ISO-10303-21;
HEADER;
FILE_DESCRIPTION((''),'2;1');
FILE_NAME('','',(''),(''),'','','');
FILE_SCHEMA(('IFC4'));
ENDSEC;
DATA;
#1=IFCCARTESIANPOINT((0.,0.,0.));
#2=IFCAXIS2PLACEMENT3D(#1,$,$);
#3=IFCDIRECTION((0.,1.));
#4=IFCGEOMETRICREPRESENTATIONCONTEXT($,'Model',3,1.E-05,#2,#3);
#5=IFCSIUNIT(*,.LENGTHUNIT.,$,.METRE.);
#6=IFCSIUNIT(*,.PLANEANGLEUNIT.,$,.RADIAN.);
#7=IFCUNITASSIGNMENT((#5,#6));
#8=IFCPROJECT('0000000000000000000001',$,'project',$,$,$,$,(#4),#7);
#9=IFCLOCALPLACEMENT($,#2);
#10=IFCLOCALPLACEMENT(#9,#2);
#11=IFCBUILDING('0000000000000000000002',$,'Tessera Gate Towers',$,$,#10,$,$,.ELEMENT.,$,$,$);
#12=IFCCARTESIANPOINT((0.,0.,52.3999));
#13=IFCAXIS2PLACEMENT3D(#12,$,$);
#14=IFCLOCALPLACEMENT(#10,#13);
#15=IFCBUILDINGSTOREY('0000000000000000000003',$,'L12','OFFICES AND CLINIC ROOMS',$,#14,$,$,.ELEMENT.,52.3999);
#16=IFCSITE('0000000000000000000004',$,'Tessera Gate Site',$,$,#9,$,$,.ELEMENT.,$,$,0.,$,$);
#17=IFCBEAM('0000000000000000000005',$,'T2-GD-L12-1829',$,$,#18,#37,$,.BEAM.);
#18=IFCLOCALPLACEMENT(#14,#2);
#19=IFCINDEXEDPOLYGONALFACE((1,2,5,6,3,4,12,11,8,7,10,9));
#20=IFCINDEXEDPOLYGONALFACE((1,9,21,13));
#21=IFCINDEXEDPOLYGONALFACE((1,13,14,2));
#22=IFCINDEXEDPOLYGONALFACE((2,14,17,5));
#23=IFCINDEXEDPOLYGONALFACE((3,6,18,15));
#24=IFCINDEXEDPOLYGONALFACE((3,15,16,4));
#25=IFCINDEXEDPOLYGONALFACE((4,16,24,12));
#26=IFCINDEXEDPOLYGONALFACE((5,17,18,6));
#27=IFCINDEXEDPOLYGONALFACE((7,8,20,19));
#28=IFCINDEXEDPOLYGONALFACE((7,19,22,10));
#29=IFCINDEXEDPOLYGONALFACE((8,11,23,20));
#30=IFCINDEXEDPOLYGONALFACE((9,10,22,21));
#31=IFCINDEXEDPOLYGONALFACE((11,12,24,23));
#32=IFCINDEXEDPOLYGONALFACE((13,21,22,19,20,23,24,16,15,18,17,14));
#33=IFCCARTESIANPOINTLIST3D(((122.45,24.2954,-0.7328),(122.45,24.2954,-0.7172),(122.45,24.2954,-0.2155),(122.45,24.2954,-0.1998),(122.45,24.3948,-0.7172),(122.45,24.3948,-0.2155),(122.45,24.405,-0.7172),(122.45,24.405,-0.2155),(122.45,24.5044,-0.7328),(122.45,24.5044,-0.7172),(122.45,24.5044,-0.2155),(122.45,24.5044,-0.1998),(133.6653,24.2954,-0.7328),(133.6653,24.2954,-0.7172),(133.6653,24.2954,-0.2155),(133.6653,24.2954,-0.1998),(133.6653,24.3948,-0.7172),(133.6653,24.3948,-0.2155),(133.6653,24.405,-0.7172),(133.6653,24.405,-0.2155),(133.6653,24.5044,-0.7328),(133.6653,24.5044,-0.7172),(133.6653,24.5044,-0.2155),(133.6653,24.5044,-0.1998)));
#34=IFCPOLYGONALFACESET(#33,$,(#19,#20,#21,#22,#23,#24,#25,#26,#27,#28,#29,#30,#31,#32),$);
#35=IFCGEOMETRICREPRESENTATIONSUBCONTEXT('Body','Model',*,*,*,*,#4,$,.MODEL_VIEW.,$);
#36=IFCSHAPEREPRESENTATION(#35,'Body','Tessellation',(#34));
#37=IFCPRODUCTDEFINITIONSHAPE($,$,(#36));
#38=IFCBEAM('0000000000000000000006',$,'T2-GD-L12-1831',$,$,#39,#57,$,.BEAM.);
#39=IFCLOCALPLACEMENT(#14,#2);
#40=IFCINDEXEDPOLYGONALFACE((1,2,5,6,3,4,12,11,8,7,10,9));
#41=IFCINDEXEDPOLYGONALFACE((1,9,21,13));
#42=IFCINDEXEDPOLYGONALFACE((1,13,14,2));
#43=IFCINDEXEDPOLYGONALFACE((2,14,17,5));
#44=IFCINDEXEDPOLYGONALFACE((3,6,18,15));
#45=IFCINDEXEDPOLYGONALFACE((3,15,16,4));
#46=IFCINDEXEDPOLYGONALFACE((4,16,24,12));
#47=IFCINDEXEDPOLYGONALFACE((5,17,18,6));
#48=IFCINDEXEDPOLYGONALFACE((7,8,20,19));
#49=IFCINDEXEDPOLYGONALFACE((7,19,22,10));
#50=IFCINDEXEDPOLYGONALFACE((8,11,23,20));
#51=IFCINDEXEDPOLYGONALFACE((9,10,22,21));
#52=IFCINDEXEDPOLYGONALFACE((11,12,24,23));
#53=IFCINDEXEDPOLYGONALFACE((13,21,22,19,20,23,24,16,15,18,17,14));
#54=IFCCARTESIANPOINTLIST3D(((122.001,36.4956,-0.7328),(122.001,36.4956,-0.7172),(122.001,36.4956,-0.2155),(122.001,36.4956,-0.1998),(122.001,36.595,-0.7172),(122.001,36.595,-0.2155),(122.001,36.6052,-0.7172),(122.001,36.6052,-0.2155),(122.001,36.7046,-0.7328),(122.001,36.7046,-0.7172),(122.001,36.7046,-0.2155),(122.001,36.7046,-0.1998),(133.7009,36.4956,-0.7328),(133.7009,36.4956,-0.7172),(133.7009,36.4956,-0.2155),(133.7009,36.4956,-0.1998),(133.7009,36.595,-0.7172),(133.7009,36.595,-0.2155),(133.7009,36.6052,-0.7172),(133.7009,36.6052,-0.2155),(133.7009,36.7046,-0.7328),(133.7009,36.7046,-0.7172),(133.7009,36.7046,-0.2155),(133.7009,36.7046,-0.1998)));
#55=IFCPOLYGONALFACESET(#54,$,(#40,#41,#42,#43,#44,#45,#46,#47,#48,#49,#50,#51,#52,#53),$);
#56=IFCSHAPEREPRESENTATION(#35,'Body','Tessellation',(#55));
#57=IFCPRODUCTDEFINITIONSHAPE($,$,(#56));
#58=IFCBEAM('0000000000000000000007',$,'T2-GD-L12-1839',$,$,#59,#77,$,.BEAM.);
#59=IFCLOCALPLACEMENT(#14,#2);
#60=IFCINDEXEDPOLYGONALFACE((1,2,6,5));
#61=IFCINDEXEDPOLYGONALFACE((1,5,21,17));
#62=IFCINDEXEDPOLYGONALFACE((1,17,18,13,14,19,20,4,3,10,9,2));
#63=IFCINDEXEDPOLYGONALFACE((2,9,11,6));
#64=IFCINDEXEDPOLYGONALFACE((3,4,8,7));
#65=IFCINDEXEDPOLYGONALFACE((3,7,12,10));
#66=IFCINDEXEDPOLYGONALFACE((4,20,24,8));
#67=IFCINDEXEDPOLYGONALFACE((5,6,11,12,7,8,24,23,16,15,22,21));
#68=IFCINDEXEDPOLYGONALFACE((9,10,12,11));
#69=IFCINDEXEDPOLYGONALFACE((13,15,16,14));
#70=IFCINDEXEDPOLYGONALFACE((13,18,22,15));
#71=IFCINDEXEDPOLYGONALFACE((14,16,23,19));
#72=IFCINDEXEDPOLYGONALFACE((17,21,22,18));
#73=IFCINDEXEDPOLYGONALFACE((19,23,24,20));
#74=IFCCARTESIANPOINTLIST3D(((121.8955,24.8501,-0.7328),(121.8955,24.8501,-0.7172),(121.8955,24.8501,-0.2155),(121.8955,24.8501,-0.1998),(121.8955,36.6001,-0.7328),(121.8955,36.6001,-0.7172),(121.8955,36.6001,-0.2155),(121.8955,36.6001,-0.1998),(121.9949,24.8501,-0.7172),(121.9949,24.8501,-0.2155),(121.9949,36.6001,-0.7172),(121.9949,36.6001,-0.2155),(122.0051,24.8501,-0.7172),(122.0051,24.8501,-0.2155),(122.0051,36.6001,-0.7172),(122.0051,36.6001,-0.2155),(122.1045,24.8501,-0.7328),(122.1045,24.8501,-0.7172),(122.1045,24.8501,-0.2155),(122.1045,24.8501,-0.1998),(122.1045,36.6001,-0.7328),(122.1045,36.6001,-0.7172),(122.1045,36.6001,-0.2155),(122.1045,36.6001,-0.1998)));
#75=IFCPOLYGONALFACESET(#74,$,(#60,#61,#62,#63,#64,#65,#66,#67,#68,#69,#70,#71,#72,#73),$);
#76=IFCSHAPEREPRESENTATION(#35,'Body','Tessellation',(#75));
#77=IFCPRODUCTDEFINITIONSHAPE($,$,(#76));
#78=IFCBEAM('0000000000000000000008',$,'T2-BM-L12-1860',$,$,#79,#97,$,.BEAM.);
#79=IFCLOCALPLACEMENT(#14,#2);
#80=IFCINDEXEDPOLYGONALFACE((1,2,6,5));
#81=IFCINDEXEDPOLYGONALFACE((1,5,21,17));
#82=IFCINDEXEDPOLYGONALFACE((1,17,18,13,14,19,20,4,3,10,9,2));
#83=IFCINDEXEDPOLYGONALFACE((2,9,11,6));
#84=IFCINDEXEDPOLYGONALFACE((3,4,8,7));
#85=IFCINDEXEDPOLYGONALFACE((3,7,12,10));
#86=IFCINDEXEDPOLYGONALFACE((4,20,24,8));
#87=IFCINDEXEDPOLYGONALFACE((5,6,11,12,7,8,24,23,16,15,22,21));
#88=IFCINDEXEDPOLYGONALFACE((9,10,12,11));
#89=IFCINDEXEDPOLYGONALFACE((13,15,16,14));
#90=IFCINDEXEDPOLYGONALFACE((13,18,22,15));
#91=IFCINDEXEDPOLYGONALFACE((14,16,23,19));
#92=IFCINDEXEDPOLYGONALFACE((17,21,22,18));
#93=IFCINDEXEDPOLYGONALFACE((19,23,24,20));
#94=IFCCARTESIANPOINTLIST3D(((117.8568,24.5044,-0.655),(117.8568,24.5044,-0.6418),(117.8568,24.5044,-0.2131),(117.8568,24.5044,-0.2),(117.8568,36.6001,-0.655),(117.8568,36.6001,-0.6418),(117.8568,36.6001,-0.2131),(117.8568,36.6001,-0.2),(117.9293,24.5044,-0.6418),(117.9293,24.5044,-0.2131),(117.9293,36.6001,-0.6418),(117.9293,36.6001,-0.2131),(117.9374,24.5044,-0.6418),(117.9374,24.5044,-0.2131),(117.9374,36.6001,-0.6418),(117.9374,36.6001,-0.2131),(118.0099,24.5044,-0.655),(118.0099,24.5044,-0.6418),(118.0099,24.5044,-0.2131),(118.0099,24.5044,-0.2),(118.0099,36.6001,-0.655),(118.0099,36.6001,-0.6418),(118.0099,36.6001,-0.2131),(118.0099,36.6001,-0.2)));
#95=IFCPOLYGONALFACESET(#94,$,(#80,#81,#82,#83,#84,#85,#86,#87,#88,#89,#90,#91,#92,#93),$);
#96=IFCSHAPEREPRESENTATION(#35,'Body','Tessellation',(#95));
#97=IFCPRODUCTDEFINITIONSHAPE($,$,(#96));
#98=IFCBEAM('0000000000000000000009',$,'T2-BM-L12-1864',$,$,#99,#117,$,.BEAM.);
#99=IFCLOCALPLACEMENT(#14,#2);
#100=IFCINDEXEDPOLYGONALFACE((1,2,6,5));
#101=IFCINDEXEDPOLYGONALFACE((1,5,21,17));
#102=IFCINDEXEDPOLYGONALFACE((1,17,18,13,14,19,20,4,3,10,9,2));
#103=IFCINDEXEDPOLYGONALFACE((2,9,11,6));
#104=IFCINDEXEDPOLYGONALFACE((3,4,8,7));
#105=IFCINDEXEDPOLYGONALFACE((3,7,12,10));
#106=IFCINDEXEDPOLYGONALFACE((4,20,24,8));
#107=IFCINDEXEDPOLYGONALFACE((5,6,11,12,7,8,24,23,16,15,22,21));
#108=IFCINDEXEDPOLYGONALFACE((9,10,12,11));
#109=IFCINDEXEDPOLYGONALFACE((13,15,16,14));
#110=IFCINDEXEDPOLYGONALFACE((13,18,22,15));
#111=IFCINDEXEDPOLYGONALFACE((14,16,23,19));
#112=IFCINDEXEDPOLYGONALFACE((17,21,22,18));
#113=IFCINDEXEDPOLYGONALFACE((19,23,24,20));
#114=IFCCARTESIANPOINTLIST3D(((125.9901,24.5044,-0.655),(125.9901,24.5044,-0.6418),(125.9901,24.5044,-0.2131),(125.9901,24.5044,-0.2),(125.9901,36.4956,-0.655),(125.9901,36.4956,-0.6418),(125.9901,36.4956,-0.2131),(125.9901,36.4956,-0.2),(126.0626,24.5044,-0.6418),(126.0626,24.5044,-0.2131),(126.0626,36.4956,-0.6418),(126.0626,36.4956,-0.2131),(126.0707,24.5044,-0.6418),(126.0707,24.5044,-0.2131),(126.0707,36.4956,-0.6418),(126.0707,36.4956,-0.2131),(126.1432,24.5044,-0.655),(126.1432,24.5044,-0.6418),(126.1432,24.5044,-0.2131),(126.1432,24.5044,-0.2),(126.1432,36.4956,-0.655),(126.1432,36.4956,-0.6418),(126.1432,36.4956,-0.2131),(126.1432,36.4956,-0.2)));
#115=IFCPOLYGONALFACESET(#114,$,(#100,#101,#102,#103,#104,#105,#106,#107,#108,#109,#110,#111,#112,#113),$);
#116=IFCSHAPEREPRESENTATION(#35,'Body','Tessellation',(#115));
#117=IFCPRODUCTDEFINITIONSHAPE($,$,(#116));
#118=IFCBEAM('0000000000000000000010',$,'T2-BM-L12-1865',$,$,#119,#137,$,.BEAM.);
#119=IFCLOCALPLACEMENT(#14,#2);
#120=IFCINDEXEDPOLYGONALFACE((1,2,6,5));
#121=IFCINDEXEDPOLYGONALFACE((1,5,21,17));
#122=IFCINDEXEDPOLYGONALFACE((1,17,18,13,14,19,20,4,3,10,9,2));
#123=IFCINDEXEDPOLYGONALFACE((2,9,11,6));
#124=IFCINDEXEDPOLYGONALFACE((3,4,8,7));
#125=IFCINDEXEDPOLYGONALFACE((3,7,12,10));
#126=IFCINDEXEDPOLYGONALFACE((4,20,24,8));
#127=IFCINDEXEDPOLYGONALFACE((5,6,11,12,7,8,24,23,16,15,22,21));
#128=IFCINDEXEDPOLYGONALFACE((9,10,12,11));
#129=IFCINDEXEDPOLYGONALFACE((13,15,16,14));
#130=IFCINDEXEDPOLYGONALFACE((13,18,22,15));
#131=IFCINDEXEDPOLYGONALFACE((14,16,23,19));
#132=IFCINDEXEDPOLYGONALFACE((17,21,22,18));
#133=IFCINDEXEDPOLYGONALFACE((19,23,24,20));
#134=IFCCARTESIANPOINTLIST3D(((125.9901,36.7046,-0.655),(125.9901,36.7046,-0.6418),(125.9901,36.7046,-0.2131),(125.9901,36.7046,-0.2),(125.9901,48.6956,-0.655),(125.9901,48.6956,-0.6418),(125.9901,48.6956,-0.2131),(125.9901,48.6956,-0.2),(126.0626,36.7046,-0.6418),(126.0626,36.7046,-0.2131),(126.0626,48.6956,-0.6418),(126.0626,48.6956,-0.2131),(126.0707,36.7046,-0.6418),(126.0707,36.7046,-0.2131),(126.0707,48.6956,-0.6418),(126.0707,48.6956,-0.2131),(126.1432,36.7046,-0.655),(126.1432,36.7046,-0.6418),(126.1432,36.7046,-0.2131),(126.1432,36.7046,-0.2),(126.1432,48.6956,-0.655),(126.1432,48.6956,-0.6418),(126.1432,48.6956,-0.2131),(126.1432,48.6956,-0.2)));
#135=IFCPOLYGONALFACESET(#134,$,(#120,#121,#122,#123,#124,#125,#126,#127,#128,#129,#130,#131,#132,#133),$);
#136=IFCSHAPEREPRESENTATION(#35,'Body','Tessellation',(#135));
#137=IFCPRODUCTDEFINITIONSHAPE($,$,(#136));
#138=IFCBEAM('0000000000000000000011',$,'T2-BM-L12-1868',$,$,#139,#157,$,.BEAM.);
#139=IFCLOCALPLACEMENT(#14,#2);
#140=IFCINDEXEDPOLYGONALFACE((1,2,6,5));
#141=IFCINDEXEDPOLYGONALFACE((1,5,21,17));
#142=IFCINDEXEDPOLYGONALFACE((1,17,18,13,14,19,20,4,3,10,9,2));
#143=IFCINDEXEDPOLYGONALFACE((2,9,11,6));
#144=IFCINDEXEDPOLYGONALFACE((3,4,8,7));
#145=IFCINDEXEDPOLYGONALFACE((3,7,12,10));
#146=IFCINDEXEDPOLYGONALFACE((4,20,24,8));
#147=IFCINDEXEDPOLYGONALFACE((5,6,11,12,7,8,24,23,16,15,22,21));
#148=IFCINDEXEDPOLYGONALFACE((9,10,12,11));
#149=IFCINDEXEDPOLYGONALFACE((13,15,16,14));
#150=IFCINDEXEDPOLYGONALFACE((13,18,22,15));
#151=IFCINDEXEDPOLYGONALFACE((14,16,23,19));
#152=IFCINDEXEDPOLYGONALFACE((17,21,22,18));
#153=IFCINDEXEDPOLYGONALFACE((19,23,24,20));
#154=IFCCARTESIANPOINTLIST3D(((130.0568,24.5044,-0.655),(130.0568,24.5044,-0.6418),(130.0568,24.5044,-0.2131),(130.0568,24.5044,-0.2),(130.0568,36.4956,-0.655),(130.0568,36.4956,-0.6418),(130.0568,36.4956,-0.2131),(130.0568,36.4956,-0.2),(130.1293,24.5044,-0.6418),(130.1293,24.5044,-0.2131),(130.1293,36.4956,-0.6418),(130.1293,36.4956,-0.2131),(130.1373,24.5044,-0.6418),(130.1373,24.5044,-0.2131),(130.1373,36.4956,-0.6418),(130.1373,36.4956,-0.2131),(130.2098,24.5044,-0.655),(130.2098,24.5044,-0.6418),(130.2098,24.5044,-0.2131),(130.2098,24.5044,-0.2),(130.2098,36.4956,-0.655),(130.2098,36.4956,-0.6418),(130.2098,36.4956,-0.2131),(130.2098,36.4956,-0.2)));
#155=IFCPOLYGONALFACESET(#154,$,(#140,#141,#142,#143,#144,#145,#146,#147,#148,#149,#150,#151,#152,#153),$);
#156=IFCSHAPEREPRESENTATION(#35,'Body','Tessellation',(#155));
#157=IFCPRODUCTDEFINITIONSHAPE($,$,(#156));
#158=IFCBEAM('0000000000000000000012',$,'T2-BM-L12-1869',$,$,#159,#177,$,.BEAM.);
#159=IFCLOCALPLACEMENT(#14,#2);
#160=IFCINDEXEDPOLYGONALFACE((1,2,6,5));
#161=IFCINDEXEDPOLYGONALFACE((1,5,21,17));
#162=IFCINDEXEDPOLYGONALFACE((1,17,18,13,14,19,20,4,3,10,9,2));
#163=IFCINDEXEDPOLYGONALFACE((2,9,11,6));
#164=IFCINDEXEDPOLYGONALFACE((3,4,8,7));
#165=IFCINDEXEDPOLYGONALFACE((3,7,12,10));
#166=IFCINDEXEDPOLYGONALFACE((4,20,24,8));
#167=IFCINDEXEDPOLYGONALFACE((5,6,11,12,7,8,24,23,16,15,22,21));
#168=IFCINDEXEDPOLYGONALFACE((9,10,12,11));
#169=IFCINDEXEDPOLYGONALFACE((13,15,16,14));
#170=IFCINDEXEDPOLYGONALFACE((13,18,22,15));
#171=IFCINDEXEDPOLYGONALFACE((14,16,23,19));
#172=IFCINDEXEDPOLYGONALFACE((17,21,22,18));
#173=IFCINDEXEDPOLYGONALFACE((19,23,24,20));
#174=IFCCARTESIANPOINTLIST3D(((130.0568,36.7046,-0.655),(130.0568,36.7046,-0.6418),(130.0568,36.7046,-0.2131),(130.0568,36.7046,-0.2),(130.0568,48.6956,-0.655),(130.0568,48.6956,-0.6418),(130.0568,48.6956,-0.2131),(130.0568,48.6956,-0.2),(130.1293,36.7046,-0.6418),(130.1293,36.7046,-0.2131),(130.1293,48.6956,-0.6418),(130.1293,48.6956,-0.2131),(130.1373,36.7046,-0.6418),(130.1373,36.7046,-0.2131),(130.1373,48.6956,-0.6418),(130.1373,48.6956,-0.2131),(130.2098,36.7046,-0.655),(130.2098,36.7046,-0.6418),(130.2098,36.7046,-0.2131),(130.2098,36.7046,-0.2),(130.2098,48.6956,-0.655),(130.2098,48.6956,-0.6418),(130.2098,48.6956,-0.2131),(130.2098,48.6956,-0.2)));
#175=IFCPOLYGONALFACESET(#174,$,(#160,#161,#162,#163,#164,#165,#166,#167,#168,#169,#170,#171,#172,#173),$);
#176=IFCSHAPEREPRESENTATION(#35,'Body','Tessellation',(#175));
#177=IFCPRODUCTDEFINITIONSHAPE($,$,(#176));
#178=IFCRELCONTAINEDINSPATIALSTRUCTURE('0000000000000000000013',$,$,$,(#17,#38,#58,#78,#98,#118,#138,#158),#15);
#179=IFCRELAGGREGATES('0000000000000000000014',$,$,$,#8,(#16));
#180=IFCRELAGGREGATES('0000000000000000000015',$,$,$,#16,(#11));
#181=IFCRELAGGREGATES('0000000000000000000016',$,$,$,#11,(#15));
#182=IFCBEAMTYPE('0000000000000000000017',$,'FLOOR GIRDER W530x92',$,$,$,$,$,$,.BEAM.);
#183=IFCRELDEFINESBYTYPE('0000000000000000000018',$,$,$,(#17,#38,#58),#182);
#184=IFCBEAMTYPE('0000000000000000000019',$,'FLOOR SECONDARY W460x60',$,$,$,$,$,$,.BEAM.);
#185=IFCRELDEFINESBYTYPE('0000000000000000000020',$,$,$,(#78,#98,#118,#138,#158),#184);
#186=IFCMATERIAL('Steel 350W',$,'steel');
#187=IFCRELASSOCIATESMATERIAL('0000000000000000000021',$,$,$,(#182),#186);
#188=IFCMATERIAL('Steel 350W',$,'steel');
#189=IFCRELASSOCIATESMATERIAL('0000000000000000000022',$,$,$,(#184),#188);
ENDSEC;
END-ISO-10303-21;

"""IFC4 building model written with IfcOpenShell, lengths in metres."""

from ifc_helpers import new_model, si_unit, direction, frame, origin, origin_2d, place, context, subcontext, project, spatial, i_section, extrude, material, material_profile, profile_set, type_object, element, save


model = new_model("IFC4")

# Units and contexts
model_context = context("Model", 3, precision=1e-05, world=origin(), true_north=direction((0.0, 1.0)))
body_context = subcontext(model_context, "Body", "Model", "MODEL_VIEW")
ifc_project = project(units=[si_unit("LENGTHUNIT", "METRE"), si_unit("PLANEANGLEUNIT", "RADIAN")], contexts=[model_context])

# Site, building, storey
site_placement = place(None, origin())
site = spatial("IfcSite", under=ifc_project, at=site_placement, Name="Tessera Gate Site", CompositionType="ELEMENT", RefElevation=0.0)
building_placement = place(site_placement, origin())
building = spatial("IfcBuilding", under=site, at=building_placement, Name="Tessera Gate Towers", CompositionType="ELEMENT")
storey_placement = place(building_placement, frame((0.0, 0.0, 52.3999)))
storey = spatial("IfcBuildingStorey", under=building, at=storey_placement, Name="L12", Description="OFFICES AND CLINIC ROOMS", CompositionType="ELEMENT", Elevation=52.3999)

# Beams
ifc_material_1 = material(Name="Steel 350W", Category="steel")
ifc_material_profile_1 = material_profile(ifc_material_1, i_section(OverallWidth=0.209, OverallDepth=0.533, WebThickness=0.0103, FlangeThickness=0.0156, at=origin_2d()), Name="W530x92")
ifc_profile_set_1 = profile_set([ifc_material_profile_1], Name="Steel 350W")
beam_type_1 = type_object("IfcBeamType", Name="FLOOR GIRDER W530x92", PredefinedType="BEAM", material=ifc_profile_set_1)
beam_1_placement = place(storey_placement, frame((122.45, 24.3999, -0.4663), z_axis=(1.0, 0.0, 0.0), x_axis=(0.0, 1.0, 0.0)))
element("IfcBeam", 1, at=beam_1_placement, inside=storey, type_object=beam_type_1, Name="T2-GD-L12-1829", PredefinedType="BEAM", context=body_context, shape_type="SweptSolid", body=[
    extrude(i_section(OverallWidth=0.209, OverallDepth=0.533, WebThickness=0.0103, FlangeThickness=0.0156, at=origin_2d()), origin(), (0.0, 0.0, 1.0), 11.2153),
])
beam_2_placement = place(storey_placement, frame((122.001, 36.6001, -0.4663), z_axis=(1.0, 0.0, 0.0), x_axis=(0.0, 1.0, 0.0)))
element("IfcBeam", 2, at=beam_2_placement, inside=storey, type_object=beam_type_1, Name="T2-GD-L12-1831", PredefinedType="BEAM", context=body_context, shape_type="SweptSolid", body=[
    extrude(i_section(OverallWidth=0.209, OverallDepth=0.533, WebThickness=0.0103, FlangeThickness=0.0156, at=origin_2d()), origin(), (0.0, 0.0, 1.0), 11.7),
])
beam_3_placement = place(storey_placement, frame((122.0, 24.8501, -0.4663), z_axis=(0.0, 1.0, 0.0), x_axis=(-1.0, 0.0, 0.0)))
element("IfcBeam", 3, at=beam_3_placement, inside=storey, type_object=beam_type_1, Name="T2-GD-L12-1839", PredefinedType="BEAM", context=body_context, shape_type="SweptSolid", body=[
    extrude(i_section(OverallWidth=0.209, OverallDepth=0.533, WebThickness=0.0103, FlangeThickness=0.0156, at=origin_2d()), origin(), (0.0, 0.0, 1.0), 11.75),
])
ifc_material_2 = material(Name="Steel 350W", Category="steel")
ifc_material_profile_2 = material_profile(ifc_material_2, i_section(OverallWidth=0.1531, OverallDepth=0.4551, WebThickness=0.0081, FlangeThickness=0.0132, at=origin_2d()), Name="W460x60")
ifc_profile_set_2 = profile_set([ifc_material_profile_2], Name="Steel 350W")
beam_type_2 = type_object("IfcBeamType", Name="FLOOR SECONDARY W460x60", PredefinedType="BEAM", material=ifc_profile_set_2)
beam_4_placement = place(storey_placement, frame((117.9333, 24.5044, -0.4275), z_axis=(0.0, 1.0, 0.0), x_axis=(-1.0, 0.0, 0.0)))
element("IfcBeam", 4, at=beam_4_placement, inside=storey, type_object=beam_type_2, Name="T2-BM-L12-1860", PredefinedType="BEAM", context=body_context, shape_type="SweptSolid", body=[
    extrude(i_section(OverallWidth=0.1531, OverallDepth=0.4551, WebThickness=0.0081, FlangeThickness=0.0132, at=origin_2d()), origin(), (0.0, 0.0, 1.0), 12.0957),
])
beam_5_placement = place(storey_placement, frame((126.0667, 24.5044, -0.4275), z_axis=(0.0, 1.0, 0.0), x_axis=(-1.0, 0.0, 0.0)))
element("IfcBeam", 5, at=beam_5_placement, inside=storey, type_object=beam_type_2, Name="T2-BM-L12-1864", PredefinedType="BEAM", context=body_context, shape_type="SweptSolid", body=[
    extrude(i_section(OverallWidth=0.1531, OverallDepth=0.4551, WebThickness=0.0081, FlangeThickness=0.0132, at=origin_2d()), origin(), (0.0, 0.0, 1.0), 11.9912),
])
beam_6_placement = place(storey_placement, frame((126.0667, 36.7046, -0.4275), z_axis=(0.0, 1.0, 0.0), x_axis=(-1.0, 0.0, 0.0)))
element("IfcBeam", 6, at=beam_6_placement, inside=storey, type_object=beam_type_2, Name="T2-BM-L12-1865", PredefinedType="BEAM", context=body_context, shape_type="SweptSolid", body=[
    extrude(i_section(OverallWidth=0.1531, OverallDepth=0.4551, WebThickness=0.0081, FlangeThickness=0.0132, at=origin_2d()), origin(), (0.0, 0.0, 1.0), 11.991),
])
beam_7_placement = place(storey_placement, frame((130.1333, 24.5044, -0.4275), z_axis=(0.0, 1.0, 0.0), x_axis=(-1.0, 0.0, 0.0)))
element("IfcBeam", 7, at=beam_7_placement, inside=storey, type_object=beam_type_2, Name="T2-BM-L12-1868", PredefinedType="BEAM", context=body_context, shape_type="SweptSolid", body=[
    extrude(i_section(OverallWidth=0.1531, OverallDepth=0.4551, WebThickness=0.0081, FlangeThickness=0.0132, at=origin_2d()), origin(), (0.0, 0.0, 1.0), 11.9912),
])
beam_8_placement = place(storey_placement, frame((130.1333, 36.7046, -0.4275), z_axis=(0.0, 1.0, 0.0), x_axis=(-1.0, 0.0, 0.0)))
element("IfcBeam", 8, at=beam_8_placement, inside=storey, type_object=beam_type_2, Name="T2-BM-L12-1869", PredefinedType="BEAM", context=body_context, shape_type="SweptSolid", body=[
    extrude(i_section(OverallWidth=0.1531, OverallDepth=0.4551, WebThickness=0.0081, FlangeThickness=0.0132, at=origin_2d()), origin(), (0.0, 0.0, 1.0), 11.991),
])

save(model, "model.ifc")
